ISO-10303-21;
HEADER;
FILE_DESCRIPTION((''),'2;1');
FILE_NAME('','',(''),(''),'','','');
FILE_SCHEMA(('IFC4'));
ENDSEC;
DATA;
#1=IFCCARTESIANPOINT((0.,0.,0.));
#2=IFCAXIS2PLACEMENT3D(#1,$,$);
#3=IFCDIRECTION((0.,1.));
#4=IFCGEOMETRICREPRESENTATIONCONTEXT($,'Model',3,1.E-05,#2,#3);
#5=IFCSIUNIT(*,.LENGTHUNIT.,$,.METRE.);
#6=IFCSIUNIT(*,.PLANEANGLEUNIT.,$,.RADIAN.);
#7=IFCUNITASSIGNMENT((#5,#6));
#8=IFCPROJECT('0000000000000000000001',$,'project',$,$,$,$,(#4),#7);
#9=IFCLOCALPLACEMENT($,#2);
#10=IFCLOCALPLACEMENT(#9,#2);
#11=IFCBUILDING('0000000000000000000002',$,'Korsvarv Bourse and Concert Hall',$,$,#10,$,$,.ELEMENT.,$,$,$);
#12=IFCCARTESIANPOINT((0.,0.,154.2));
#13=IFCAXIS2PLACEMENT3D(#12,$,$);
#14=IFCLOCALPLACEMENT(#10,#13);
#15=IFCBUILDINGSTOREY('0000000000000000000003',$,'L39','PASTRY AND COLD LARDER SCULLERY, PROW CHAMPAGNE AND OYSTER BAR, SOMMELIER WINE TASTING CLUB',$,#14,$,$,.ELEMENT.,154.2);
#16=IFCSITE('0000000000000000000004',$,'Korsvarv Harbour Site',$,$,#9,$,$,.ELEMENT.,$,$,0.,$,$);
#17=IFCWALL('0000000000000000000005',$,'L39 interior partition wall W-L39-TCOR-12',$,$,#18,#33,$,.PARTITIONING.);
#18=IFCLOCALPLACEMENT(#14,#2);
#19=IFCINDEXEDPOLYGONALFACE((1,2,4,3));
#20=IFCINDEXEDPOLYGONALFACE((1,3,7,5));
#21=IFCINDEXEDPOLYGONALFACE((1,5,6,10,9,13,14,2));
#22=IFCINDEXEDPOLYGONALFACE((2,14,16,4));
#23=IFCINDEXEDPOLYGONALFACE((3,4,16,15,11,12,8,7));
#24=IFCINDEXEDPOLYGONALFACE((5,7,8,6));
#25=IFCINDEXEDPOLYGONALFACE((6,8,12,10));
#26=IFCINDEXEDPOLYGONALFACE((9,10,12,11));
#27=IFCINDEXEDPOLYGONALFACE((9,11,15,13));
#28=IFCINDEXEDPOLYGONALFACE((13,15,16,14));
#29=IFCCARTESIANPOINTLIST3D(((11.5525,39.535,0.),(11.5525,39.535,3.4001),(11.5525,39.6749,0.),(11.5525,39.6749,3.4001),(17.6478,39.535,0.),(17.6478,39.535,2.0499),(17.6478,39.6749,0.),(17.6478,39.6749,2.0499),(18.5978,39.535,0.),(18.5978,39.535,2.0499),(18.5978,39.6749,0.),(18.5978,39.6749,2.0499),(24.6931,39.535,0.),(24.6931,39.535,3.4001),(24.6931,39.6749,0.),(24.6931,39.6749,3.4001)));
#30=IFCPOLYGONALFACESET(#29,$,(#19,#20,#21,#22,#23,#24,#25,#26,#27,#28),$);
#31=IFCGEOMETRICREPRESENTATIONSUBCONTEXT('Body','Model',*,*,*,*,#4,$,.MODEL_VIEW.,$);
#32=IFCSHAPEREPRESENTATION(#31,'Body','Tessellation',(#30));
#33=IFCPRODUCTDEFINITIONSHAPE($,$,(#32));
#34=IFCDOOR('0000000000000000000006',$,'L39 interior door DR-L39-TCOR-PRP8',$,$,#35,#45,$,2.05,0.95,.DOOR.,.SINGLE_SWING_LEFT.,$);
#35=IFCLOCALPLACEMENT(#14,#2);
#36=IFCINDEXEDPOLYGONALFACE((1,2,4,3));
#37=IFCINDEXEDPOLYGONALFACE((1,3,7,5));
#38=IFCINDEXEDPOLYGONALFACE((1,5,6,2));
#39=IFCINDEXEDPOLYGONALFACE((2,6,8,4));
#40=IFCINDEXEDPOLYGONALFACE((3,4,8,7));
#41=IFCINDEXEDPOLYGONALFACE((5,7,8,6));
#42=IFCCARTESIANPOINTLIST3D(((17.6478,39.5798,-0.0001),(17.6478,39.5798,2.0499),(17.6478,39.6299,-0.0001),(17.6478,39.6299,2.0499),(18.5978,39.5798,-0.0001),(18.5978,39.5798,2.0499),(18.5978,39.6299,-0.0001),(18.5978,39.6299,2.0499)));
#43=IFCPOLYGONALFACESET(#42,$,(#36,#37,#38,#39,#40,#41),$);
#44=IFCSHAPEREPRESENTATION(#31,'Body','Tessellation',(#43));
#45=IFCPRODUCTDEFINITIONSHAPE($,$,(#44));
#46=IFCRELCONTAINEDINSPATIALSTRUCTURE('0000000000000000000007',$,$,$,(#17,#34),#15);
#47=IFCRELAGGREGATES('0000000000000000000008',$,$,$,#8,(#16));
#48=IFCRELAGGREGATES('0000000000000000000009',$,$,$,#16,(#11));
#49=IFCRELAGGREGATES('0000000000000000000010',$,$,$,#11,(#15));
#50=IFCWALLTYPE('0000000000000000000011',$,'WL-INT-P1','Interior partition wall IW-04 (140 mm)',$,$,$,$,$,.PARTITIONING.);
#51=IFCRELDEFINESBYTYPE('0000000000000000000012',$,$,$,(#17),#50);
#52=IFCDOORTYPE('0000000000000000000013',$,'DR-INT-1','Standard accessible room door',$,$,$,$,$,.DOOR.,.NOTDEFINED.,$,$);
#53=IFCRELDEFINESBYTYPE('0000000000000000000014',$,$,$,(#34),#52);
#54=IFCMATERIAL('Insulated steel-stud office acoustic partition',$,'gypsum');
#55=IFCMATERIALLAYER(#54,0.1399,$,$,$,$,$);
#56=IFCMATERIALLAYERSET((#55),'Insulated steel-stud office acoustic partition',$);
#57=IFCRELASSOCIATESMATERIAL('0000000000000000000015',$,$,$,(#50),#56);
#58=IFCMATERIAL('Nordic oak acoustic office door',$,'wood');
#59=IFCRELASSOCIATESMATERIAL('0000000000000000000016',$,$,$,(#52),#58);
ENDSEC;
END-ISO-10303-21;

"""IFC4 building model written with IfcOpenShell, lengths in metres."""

from ifc_helpers import new_model, si_unit, direction, frame, frame_2d, origin, place, context, subcontext, project, spatial, rectangle, extrude, material, layer, layer_set, type_object, element, fill, save


model = new_model("IFC4")

# Units and contexts
model_context = context("Model", 3, precision=1e-05, world=origin(), true_north=direction((0.0, 1.0)))
body_context = subcontext(model_context, "Body", "Model", "MODEL_VIEW")
ifc_project = project(units=[si_unit("LENGTHUNIT", "METRE"), si_unit("PLANEANGLEUNIT", "RADIAN")], contexts=[model_context])

# Site, building, storey
site_placement = place(None, origin())
site = spatial("IfcSite", under=ifc_project, at=site_placement, Name="Korsvarv Harbour Site", CompositionType="ELEMENT", RefElevation=0.0)
building_placement = place(site_placement, origin())
building = spatial("IfcBuilding", under=site, at=building_placement, Name="Korsvarv Bourse and Concert Hall", CompositionType="ELEMENT")
storey_placement = place(building_placement, frame((0.0, 0.0, 154.2)))
storey = spatial("IfcBuildingStorey", under=building, at=storey_placement, Name="L39", Description="PASTRY AND COLD LARDER SCULLERY, PROW CHAMPAGNE AND OYSTER BAR, SOMMELIER WINE TASTING CLUB", CompositionType="ELEMENT", Elevation=154.2)

# Wall, opening, door
ifc_material_1 = material(Name="Insulated steel-stud office acoustic partition", Category="gypsum")
ifc_layer_1 = layer(ifc_material_1, 0.1399)
ifc_layer_set_1 = layer_set([ifc_layer_1], Name="Insulated steel-stud office acoustic partition")
wall_type_1 = type_object("IfcWallType", Name="WL-INT-P1", Description="Interior partition wall IW-04 (140 mm)", PredefinedType="PARTITIONING", material=ifc_layer_set_1)
wall_1_placement = place(storey_placement, frame((11.5525, 39.605, 0.0), z_axis=(0.0, 0.0, 1.0), x_axis=(1.0, 0.0, 0.0)))
wall_1 = element("IfcWall", 1, at=wall_1_placement, inside=storey, type_object=wall_type_1, Name="L39 interior partition wall W-L39-TCOR-12", PredefinedType="PARTITIONING", context=body_context, shape_type="SweptSolid", body=[
    extrude(rectangle(XDim=13.1406, YDim=0.1399, at=frame_2d((6.5703, 0.0))), origin(), (0.0, 0.0, 1.0), 3.4001),
])
opening_1_placement = place(wall_1_placement, frame((6.0952, 0.0, 0.0)))
opening_1 = element("IfcOpeningElement", 2, at=opening_1_placement, cuts=wall_1, PredefinedType="OPENING", context=body_context, shape_type="SweptSolid", body=[
    extrude(rectangle(XDim=0.95, YDim=2.05, at=frame_2d((0.4751, 1.0249))), frame((0.0, 0.0801, 0.0), z_axis=(0.0, -1.0, 0.0), x_axis=(1.0, 0.0, 0.0)), (0.0, 0.0, 1.0), 0.1599),
])
ifc_material_2 = material(Name="Nordic oak acoustic office door", Category="wood")
door_type_1 = type_object("IfcDoorType", Name="DR-INT-1", Description="Standard accessible room door", OperationType="NOTDEFINED", PredefinedType="DOOR", material=ifc_material_2)
door_1_placement = place(opening_1_placement, origin())
door_1 = element("IfcDoor", 3, at=door_1_placement, inside=storey, type_object=door_type_1, Name="L39 interior door DR-L39-TCOR-PRP8", OperationType="SINGLE_SWING_LEFT", OverallHeight=2.05, OverallWidth=0.95, PredefinedType="DOOR", context=body_context, shape_type="SweptSolid", body=[
    extrude(rectangle(XDim=0.95, YDim=2.05, at=frame_2d((0.4751, 1.0249))), frame((0.0, 0.0249, 0.0), z_axis=(0.0, -1.0, 0.0), x_axis=(1.0, 0.0, 0.0)), (0.0, 0.0, 1.0), 0.05),
])
fill(opening_1, door_1)

save(model, "model.ifc")
